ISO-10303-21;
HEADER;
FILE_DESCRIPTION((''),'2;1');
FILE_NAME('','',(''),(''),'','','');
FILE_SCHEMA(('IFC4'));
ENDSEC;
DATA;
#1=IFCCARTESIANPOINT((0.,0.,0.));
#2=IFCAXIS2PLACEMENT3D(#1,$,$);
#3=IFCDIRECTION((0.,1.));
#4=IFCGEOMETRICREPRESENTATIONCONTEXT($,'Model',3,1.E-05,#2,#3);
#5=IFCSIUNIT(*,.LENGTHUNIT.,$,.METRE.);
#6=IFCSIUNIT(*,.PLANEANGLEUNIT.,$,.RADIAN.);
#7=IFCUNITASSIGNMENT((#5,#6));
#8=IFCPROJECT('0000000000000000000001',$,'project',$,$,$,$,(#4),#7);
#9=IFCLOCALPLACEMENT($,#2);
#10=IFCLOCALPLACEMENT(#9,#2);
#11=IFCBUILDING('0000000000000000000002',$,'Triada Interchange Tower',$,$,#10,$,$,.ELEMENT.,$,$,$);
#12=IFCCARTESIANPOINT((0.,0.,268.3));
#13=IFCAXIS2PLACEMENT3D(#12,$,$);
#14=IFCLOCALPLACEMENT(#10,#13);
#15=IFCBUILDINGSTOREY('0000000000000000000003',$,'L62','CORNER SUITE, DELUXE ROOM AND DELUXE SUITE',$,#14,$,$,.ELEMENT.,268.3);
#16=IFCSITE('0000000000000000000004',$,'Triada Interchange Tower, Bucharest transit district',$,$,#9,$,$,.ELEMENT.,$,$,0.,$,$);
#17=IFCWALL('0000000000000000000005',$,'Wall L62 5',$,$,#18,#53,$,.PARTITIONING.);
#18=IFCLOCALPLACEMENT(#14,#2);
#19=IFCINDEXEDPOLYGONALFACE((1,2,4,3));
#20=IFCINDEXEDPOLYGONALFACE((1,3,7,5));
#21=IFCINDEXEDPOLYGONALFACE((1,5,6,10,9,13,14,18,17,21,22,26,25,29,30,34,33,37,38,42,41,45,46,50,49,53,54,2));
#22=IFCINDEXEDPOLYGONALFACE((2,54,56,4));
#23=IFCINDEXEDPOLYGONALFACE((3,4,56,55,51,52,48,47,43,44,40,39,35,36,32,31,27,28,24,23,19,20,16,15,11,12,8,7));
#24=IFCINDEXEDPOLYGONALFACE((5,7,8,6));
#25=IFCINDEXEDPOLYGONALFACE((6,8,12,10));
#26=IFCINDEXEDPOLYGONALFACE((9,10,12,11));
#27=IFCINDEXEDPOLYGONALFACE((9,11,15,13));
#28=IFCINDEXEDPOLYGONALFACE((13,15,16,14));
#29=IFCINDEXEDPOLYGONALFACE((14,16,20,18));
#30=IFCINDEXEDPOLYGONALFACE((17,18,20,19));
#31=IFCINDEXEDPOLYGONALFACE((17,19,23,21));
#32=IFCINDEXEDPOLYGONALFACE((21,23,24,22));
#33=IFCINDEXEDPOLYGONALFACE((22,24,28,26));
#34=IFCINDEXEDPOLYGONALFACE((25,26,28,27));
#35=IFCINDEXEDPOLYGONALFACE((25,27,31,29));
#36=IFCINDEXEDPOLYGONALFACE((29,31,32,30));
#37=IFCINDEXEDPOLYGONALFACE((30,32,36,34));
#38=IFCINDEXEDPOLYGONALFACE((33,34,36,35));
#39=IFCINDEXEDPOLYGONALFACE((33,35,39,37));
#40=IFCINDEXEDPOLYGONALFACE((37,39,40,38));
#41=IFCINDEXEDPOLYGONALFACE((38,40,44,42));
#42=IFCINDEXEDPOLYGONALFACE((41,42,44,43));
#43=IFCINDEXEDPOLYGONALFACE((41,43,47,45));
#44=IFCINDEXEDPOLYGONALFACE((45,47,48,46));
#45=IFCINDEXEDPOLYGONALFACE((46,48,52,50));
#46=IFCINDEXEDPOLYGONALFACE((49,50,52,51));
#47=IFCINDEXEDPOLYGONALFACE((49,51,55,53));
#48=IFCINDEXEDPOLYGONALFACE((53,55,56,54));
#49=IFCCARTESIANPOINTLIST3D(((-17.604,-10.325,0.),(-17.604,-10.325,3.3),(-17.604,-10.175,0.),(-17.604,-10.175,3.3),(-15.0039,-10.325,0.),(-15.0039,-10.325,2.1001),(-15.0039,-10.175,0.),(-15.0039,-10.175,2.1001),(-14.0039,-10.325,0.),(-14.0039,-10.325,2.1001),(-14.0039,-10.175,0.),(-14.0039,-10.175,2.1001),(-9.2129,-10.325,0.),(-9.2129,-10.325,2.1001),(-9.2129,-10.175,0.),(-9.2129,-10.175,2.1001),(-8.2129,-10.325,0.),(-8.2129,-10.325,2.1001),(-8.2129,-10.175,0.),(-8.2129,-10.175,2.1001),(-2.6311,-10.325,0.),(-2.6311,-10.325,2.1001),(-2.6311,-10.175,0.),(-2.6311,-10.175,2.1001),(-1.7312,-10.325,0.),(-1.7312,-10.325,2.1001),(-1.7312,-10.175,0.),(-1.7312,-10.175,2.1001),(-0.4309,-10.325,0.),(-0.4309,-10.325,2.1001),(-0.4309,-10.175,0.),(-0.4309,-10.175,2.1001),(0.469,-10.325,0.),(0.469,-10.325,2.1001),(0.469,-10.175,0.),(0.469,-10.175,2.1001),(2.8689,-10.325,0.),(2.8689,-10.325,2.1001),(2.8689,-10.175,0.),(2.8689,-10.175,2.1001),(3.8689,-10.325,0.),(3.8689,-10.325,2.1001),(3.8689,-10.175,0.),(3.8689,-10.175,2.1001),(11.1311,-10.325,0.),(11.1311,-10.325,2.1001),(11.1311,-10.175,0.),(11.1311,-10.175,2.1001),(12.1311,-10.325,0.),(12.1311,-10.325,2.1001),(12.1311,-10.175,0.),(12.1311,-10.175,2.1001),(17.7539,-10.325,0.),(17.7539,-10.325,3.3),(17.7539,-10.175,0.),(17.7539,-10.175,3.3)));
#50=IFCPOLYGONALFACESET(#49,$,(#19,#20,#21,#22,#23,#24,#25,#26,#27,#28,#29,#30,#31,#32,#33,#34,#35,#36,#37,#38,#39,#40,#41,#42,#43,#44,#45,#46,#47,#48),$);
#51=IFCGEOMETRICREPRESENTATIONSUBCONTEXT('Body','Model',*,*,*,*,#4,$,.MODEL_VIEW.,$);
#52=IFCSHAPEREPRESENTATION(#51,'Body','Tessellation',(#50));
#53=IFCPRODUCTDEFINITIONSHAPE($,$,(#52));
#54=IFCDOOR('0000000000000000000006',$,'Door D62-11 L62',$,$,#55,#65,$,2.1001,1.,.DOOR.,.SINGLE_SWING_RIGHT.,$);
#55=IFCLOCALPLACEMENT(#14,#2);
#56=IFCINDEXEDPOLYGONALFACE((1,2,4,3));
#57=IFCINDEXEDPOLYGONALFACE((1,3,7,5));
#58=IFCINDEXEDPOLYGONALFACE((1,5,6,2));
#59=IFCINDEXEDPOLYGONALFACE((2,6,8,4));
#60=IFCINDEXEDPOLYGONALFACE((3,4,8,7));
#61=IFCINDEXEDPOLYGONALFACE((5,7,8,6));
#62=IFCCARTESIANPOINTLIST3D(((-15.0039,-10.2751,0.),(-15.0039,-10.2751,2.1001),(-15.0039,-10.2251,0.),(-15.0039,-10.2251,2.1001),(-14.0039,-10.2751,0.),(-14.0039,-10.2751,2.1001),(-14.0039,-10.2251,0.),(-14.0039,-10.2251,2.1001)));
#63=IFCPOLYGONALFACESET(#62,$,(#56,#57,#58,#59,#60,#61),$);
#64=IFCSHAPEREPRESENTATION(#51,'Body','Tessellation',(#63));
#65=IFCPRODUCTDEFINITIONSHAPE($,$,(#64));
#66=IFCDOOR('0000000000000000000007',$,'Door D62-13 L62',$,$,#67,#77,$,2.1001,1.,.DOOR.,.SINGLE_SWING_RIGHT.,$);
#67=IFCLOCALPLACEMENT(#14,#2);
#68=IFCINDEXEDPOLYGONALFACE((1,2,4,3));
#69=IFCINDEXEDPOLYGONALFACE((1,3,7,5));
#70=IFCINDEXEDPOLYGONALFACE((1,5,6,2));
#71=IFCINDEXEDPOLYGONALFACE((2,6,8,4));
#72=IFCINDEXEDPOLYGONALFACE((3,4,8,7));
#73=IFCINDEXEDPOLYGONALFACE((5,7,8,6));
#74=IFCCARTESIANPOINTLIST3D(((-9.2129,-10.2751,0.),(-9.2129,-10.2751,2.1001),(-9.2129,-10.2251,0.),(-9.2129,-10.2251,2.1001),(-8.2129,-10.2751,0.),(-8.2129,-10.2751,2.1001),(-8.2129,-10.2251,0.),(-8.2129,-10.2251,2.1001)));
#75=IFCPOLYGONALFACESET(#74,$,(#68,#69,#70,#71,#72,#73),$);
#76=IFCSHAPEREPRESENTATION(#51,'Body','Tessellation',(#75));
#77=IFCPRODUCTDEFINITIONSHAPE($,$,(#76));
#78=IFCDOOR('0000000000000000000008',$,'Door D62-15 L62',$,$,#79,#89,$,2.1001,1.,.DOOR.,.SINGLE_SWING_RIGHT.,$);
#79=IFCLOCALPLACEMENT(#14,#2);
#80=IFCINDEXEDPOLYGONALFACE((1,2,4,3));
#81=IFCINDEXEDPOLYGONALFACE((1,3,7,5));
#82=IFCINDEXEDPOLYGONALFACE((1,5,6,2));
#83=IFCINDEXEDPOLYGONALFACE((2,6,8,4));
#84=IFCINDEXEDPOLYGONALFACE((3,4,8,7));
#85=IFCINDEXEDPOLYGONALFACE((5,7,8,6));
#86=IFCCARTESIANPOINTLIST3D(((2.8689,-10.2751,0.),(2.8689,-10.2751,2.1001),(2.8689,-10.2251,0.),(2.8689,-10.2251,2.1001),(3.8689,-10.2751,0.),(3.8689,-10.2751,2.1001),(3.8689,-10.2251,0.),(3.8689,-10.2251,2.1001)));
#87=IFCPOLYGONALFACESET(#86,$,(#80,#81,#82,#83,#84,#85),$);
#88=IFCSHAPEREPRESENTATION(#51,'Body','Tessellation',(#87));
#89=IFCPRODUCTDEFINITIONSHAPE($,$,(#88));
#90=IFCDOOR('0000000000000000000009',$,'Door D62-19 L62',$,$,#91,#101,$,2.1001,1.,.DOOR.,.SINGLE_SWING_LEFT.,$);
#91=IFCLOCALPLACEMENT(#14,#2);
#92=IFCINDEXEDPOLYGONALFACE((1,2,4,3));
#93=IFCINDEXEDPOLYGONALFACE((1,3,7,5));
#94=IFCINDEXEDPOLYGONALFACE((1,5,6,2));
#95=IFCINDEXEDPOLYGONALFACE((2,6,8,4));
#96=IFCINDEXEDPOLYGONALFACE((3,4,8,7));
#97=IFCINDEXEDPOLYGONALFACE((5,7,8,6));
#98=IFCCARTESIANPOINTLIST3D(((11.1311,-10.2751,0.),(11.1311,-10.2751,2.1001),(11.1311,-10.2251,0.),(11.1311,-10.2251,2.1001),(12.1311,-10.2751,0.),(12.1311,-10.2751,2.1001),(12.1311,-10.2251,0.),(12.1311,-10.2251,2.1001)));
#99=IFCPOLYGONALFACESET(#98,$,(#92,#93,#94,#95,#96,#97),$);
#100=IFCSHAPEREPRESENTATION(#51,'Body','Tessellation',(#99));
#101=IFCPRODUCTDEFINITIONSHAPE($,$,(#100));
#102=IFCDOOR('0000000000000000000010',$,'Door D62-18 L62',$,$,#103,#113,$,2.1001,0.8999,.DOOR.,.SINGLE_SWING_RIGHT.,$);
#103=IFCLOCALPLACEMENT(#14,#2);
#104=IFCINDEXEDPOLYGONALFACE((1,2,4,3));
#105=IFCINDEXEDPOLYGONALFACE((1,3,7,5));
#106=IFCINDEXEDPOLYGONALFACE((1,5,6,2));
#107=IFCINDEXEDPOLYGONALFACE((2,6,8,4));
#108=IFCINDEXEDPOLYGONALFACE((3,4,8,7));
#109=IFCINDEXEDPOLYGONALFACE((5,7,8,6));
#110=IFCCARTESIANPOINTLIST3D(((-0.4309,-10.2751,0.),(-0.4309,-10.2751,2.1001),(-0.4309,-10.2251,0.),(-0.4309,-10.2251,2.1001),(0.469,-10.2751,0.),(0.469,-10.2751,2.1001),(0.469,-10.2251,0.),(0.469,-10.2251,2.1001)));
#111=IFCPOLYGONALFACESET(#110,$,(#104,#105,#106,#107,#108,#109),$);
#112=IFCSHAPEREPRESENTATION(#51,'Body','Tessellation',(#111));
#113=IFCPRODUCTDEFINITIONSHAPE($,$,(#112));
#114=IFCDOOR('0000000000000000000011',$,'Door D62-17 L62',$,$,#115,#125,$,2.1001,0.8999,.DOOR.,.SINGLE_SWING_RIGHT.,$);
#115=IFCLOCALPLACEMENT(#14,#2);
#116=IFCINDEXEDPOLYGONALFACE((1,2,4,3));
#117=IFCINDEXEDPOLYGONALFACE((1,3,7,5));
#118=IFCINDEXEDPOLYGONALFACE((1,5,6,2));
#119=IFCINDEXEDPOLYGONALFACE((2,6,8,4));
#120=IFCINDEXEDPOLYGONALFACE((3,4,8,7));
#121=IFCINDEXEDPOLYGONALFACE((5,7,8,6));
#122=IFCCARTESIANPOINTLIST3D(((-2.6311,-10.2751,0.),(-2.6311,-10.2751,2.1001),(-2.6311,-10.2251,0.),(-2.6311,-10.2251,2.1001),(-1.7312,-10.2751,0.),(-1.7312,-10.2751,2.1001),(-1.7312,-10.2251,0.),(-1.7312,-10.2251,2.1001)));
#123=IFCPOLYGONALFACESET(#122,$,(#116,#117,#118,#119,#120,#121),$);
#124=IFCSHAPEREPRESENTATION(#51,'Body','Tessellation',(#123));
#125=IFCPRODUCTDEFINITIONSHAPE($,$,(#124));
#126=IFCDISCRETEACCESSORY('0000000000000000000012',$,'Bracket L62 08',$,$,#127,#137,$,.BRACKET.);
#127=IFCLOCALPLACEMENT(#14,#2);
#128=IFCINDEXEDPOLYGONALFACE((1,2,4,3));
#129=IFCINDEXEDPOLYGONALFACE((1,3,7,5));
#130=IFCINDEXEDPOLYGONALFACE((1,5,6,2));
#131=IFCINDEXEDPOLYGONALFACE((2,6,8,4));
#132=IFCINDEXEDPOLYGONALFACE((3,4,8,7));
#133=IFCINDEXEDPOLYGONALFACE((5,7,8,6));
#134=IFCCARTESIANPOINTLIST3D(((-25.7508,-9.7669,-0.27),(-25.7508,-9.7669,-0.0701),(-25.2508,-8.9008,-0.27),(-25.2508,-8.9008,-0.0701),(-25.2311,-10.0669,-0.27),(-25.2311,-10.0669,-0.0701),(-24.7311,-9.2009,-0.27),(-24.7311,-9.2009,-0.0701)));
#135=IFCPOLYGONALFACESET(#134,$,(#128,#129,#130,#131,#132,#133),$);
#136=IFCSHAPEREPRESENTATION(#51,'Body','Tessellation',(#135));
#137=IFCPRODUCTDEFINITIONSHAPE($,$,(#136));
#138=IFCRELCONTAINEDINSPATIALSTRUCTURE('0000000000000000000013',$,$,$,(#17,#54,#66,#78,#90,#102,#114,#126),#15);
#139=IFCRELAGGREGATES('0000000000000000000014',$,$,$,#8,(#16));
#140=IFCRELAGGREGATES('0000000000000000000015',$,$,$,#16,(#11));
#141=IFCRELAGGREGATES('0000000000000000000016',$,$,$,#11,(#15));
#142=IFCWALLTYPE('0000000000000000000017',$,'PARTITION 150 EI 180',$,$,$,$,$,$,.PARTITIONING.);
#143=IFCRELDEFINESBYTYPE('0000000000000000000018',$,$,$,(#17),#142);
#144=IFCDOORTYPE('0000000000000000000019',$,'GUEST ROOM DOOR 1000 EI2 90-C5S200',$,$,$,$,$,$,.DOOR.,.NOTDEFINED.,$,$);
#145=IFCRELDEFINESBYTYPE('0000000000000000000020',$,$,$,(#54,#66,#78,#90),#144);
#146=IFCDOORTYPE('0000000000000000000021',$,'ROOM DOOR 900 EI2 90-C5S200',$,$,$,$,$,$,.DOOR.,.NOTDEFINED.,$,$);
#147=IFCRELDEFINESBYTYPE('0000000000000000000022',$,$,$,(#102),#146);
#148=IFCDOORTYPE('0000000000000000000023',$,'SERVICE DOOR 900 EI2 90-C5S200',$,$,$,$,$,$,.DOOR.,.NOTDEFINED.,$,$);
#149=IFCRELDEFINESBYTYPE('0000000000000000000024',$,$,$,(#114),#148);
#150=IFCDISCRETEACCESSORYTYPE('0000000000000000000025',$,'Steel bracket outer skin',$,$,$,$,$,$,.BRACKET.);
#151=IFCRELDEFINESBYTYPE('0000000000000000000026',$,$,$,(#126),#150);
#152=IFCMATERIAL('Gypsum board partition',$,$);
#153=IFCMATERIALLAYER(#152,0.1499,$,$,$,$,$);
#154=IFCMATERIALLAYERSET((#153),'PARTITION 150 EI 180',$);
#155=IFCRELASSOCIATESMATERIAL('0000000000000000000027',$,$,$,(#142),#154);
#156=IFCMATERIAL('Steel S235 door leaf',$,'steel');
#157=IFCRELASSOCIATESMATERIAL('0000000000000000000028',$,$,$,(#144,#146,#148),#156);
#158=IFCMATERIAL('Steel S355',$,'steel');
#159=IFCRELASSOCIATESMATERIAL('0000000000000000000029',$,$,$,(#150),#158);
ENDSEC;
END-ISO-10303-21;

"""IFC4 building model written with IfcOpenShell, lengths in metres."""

from ifc_helpers import new_model, si_unit, direction, frame, frame_2d, origin, origin_2d, place, context, subcontext, project, spatial, rectangle, extrude, material, layer, layer_set, type_object, element, fill, save


model = new_model("IFC4")

# Units and contexts
model_context = context("Model", 3, precision=1e-05, world=origin(), true_north=direction((0.0, 1.0)))
body_context = subcontext(model_context, "Body", "Model", "MODEL_VIEW")
ifc_project = project(units=[si_unit("LENGTHUNIT", "METRE"), si_unit("PLANEANGLEUNIT", "RADIAN")], contexts=[model_context])

# Site, building, storey
site_placement = place(None, origin())
site = spatial("IfcSite", under=ifc_project, at=site_placement, Name="Triada Interchange Tower, Bucharest transit district", CompositionType="ELEMENT", RefElevation=0.0)
building_placement = place(site_placement, origin())
building = spatial("IfcBuilding", under=site, at=building_placement, Name="Triada Interchange Tower", CompositionType="ELEMENT")
storey_placement = place(building_placement, frame((0.0, 0.0, 268.3)))
storey = spatial("IfcBuildingStorey", under=building, at=storey_placement, Name="L62", Description="CORNER SUITE, DELUXE ROOM AND DELUXE SUITE", CompositionType="ELEMENT", Elevation=268.3)

# Wall, openings, doors
ifc_material_1 = material(Name="Gypsum board partition")
ifc_layer = layer(ifc_material_1, 0.1499)
ifc_layer_set = layer_set([ifc_layer], Name="PARTITION 150 EI 180")
wall_type = type_object("IfcWallType", Name="PARTITION 150 EI 180", PredefinedType="PARTITIONING", material=ifc_layer_set)
ifc_material_2 = material(Name="Steel S235 door leaf", Category="steel")
door_type_1 = type_object("IfcDoorType", Name="GUEST ROOM DOOR 1000 EI2 90-C5S200", OperationType="NOTDEFINED", PredefinedType="DOOR", material=ifc_material_2)
door_type_2 = type_object("IfcDoorType", Name="ROOM DOOR 900 EI2 90-C5S200", OperationType="NOTDEFINED", PredefinedType="DOOR", material=ifc_material_2)
door_type_3 = type_object("IfcDoorType", Name="SERVICE DOOR 900 EI2 90-C5S200", OperationType="NOTDEFINED", PredefinedType="DOOR", material=ifc_material_2)
wall_1_placement = place(storey_placement, frame((-17.604, -10.25, 0.0), z_axis=(0.0, 0.0, 1.0), x_axis=(1.0, 0.0, 0.0)))
wall_1 = element("IfcWall", 1, at=wall_1_placement, inside=storey, type_object=wall_type, Name="Wall L62 5", PredefinedType="PARTITIONING", context=body_context, shape_type="SweptSolid", body=[
    extrude(rectangle(XDim=35.3579, YDim=0.1499, at=frame_2d((17.679, 0.0))), origin(), (0.0, 0.0, 1.0), 3.3),
])
opening_1_placement = place(wall_1_placement, frame((2.6001, 0.0, 0.0)))
opening_1 = element("IfcOpeningElement", 2, at=opening_1_placement, cuts=wall_1, PredefinedType="OPENING", context=body_context, shape_type="SweptSolid", body=[
    extrude(rectangle(XDim=1.0, YDim=2.1001, at=frame_2d((0.5, 1.05))), frame((0.0, 0.085, 0.0), z_axis=(0.0, -1.0, 0.0), x_axis=(1.0, 0.0, 0.0)), (0.0, 0.0, 1.0), 0.1699),
])
opening_2_placement = place(wall_1_placement, frame((8.3911, 0.0, 0.0)))
opening_2 = element("IfcOpeningElement", 3, at=opening_2_placement, cuts=wall_1, PredefinedType="OPENING", context=body_context, shape_type="SweptSolid", body=[
    extrude(rectangle(XDim=1.0, YDim=2.1001, at=frame_2d((0.5, 1.05))), frame((0.0, 0.085, 0.0), z_axis=(0.0, -1.0, 0.0), x_axis=(1.0, 0.0, 0.0)), (0.0, 0.0, 1.0), 0.1699),
])
opening_3_placement = place(wall_1_placement, frame((20.4729, 0.0, 0.0)))
opening_3 = element("IfcOpeningElement", 4, at=opening_3_placement, cuts=wall_1, PredefinedType="OPENING", context=body_context, shape_type="SweptSolid", body=[
    extrude(rectangle(XDim=1.0, YDim=2.1001, at=frame_2d((0.5, 1.05))), frame((0.0, 0.085, 0.0), z_axis=(0.0, -1.0, 0.0), x_axis=(1.0, 0.0, 0.0)), (0.0, 0.0, 1.0), 0.1699),
])
opening_4_placement = place(wall_1_placement, frame((14.9729, 0.0, 0.0)))
opening_4 = element("IfcOpeningElement", 5, at=opening_4_placement, cuts=wall_1, PredefinedType="OPENING", context=body_context, shape_type="SweptSolid", body=[
    extrude(rectangle(XDim=0.8999, YDim=2.1001, at=frame_2d((0.45, 1.05))), frame((0.0, 0.085, 0.0), z_axis=(0.0, -1.0, 0.0), x_axis=(1.0, 0.0, 0.0)), (0.0, 0.0, 1.0), 0.1699),
])
opening_5_placement = place(wall_1_placement, frame((17.1731, 0.0, 0.0)))
opening_5 = element("IfcOpeningElement", 6, at=opening_5_placement, cuts=wall_1, PredefinedType="OPENING", context=body_context, shape_type="SweptSolid", body=[
    extrude(rectangle(XDim=0.8999, YDim=2.1001, at=frame_2d((0.45, 1.05))), frame((0.0, 0.085, 0.0), z_axis=(0.0, -1.0, 0.0), x_axis=(1.0, 0.0, 0.0)), (0.0, 0.0, 1.0), 0.1699),
])
opening_6_placement = place(wall_1_placement, frame((28.7351, 0.0, 0.0)))
opening_6 = element("IfcOpeningElement", 7, at=opening_6_placement, cuts=wall_1, PredefinedType="OPENING", context=body_context, shape_type="SweptSolid", body=[
    extrude(rectangle(XDim=1.0, YDim=2.1001, at=frame_2d((0.5, 1.05))), frame((0.0, 0.085, 0.0), z_axis=(0.0, -1.0, 0.0), x_axis=(1.0, 0.0, 0.0)), (0.0, 0.0, 1.0), 0.1699),
])
door_1_placement = place(opening_1_placement, origin())
door_1 = element("IfcDoor", 8, at=door_1_placement, inside=storey, type_object=door_type_1, Name="Door D62-11 L62", OperationType="SINGLE_SWING_RIGHT", OverallHeight=2.1001, OverallWidth=1.0, PredefinedType="DOOR", context=body_context, shape_type="SweptSolid", body=[
    extrude(rectangle(XDim=1.0, YDim=2.1001, at=frame_2d((0.5, 1.05))), frame((0.0, 0.0249, 0.0), z_axis=(0.0, -1.0, 0.0), x_axis=(1.0, 0.0, 0.0)), (0.0, 0.0, 1.0), 0.05),
])
fill(opening_1, door_1)
door_2_placement = place(opening_2_placement, origin())
door_2 = element("IfcDoor", 9, at=door_2_placement, inside=storey, type_object=door_type_1, Name="Door D62-13 L62", OperationType="SINGLE_SWING_RIGHT", OverallHeight=2.1001, OverallWidth=1.0, PredefinedType="DOOR", context=body_context, shape_type="SweptSolid", body=[
    extrude(rectangle(XDim=1.0, YDim=2.1001, at=frame_2d((0.5, 1.05))), frame((0.0, 0.0249, 0.0), z_axis=(0.0, -1.0, 0.0), x_axis=(1.0, 0.0, 0.0)), (0.0, 0.0, 1.0), 0.05),
])
fill(opening_2, door_2)
door_3_placement = place(opening_3_placement, origin())
door_3 = element("IfcDoor", 10, at=door_3_placement, inside=storey, type_object=door_type_1, Name="Door D62-15 L62", OperationType="SINGLE_SWING_RIGHT", OverallHeight=2.1001, OverallWidth=1.0, PredefinedType="DOOR", context=body_context, shape_type="SweptSolid", body=[
    extrude(rectangle(XDim=1.0, YDim=2.1001, at=frame_2d((0.5, 1.05))), frame((0.0, 0.0249, 0.0), z_axis=(0.0, -1.0, 0.0), x_axis=(1.0, 0.0, 0.0)), (0.0, 0.0, 1.0), 0.05),
])
fill(opening_3, door_3)
door_4_placement = place(opening_6_placement, origin())
door_4 = element("IfcDoor", 11, at=door_4_placement, inside=storey, type_object=door_type_1, Name="Door D62-19 L62", OperationType="SINGLE_SWING_LEFT", OverallHeight=2.1001, OverallWidth=1.0, PredefinedType="DOOR", context=body_context, shape_type="SweptSolid", body=[
    extrude(rectangle(XDim=1.0, YDim=2.1001, at=frame_2d((0.5, 1.05))), frame((0.0, 0.0249, 0.0), z_axis=(0.0, -1.0, 0.0), x_axis=(1.0, 0.0, 0.0)), (0.0, 0.0, 1.0), 0.05),
])
fill(opening_6, door_4)
door_5_placement = place(opening_5_placement, origin())
door_5 = element("IfcDoor", 12, at=door_5_placement, inside=storey, type_object=door_type_2, Name="Door D62-18 L62", OperationType="SINGLE_SWING_RIGHT", OverallHeight=2.1001, OverallWidth=0.8999, PredefinedType="DOOR", context=body_context, shape_type="SweptSolid", body=[
    extrude(rectangle(XDim=0.8999, YDim=2.1001, at=frame_2d((0.45, 1.05))), frame((0.0, 0.0249, 0.0), z_axis=(0.0, -1.0, 0.0), x_axis=(1.0, 0.0, 0.0)), (0.0, 0.0, 1.0), 0.05),
])
fill(opening_5, door_5)
door_6_placement = place(opening_4_placement, origin())
door_6 = element("IfcDoor", 13, at=door_6_placement, inside=storey, type_object=door_type_3, Name="Door D62-17 L62", OperationType="SINGLE_SWING_RIGHT", OverallHeight=2.1001, OverallWidth=0.8999, PredefinedType="DOOR", context=body_context, shape_type="SweptSolid", body=[
    extrude(rectangle(XDim=0.8999, YDim=2.1001, at=frame_2d((0.45, 1.05))), frame((0.0, 0.0249, 0.0), z_axis=(0.0, -1.0, 0.0), x_axis=(1.0, 0.0, 0.0)), (0.0, 0.0, 1.0), 0.05),
])
fill(opening_4, door_6)

# Discrete accessory
ifc_material_3 = material(Name="Steel S355", Category="steel")
discrete_accessory_type = type_object("IfcDiscreteAccessoryType", Name="Steel bracket outer skin", PredefinedType="BRACKET", material=ifc_material_3)
discrete_accessory_placement = place(storey_placement, frame((-25.241, -9.4839, -0.27), z_axis=(0.0, 0.0, 1.0), x_axis=(-0.866029, 0.499994, 0.0)))
element("IfcDiscreteAccessory", 14, at=discrete_accessory_placement, inside=storey, type_object=discrete_accessory_type, Name="Bracket L62 08", PredefinedType="BRACKET", context=body_context, shape_type="SweptSolid", body=[
    extrude(rectangle(XDim=0.6001, YDim=1.0, at=origin_2d()), origin(), (0.0, 0.0, 1.0), 0.2),
])

save(model, "model.ifc")
